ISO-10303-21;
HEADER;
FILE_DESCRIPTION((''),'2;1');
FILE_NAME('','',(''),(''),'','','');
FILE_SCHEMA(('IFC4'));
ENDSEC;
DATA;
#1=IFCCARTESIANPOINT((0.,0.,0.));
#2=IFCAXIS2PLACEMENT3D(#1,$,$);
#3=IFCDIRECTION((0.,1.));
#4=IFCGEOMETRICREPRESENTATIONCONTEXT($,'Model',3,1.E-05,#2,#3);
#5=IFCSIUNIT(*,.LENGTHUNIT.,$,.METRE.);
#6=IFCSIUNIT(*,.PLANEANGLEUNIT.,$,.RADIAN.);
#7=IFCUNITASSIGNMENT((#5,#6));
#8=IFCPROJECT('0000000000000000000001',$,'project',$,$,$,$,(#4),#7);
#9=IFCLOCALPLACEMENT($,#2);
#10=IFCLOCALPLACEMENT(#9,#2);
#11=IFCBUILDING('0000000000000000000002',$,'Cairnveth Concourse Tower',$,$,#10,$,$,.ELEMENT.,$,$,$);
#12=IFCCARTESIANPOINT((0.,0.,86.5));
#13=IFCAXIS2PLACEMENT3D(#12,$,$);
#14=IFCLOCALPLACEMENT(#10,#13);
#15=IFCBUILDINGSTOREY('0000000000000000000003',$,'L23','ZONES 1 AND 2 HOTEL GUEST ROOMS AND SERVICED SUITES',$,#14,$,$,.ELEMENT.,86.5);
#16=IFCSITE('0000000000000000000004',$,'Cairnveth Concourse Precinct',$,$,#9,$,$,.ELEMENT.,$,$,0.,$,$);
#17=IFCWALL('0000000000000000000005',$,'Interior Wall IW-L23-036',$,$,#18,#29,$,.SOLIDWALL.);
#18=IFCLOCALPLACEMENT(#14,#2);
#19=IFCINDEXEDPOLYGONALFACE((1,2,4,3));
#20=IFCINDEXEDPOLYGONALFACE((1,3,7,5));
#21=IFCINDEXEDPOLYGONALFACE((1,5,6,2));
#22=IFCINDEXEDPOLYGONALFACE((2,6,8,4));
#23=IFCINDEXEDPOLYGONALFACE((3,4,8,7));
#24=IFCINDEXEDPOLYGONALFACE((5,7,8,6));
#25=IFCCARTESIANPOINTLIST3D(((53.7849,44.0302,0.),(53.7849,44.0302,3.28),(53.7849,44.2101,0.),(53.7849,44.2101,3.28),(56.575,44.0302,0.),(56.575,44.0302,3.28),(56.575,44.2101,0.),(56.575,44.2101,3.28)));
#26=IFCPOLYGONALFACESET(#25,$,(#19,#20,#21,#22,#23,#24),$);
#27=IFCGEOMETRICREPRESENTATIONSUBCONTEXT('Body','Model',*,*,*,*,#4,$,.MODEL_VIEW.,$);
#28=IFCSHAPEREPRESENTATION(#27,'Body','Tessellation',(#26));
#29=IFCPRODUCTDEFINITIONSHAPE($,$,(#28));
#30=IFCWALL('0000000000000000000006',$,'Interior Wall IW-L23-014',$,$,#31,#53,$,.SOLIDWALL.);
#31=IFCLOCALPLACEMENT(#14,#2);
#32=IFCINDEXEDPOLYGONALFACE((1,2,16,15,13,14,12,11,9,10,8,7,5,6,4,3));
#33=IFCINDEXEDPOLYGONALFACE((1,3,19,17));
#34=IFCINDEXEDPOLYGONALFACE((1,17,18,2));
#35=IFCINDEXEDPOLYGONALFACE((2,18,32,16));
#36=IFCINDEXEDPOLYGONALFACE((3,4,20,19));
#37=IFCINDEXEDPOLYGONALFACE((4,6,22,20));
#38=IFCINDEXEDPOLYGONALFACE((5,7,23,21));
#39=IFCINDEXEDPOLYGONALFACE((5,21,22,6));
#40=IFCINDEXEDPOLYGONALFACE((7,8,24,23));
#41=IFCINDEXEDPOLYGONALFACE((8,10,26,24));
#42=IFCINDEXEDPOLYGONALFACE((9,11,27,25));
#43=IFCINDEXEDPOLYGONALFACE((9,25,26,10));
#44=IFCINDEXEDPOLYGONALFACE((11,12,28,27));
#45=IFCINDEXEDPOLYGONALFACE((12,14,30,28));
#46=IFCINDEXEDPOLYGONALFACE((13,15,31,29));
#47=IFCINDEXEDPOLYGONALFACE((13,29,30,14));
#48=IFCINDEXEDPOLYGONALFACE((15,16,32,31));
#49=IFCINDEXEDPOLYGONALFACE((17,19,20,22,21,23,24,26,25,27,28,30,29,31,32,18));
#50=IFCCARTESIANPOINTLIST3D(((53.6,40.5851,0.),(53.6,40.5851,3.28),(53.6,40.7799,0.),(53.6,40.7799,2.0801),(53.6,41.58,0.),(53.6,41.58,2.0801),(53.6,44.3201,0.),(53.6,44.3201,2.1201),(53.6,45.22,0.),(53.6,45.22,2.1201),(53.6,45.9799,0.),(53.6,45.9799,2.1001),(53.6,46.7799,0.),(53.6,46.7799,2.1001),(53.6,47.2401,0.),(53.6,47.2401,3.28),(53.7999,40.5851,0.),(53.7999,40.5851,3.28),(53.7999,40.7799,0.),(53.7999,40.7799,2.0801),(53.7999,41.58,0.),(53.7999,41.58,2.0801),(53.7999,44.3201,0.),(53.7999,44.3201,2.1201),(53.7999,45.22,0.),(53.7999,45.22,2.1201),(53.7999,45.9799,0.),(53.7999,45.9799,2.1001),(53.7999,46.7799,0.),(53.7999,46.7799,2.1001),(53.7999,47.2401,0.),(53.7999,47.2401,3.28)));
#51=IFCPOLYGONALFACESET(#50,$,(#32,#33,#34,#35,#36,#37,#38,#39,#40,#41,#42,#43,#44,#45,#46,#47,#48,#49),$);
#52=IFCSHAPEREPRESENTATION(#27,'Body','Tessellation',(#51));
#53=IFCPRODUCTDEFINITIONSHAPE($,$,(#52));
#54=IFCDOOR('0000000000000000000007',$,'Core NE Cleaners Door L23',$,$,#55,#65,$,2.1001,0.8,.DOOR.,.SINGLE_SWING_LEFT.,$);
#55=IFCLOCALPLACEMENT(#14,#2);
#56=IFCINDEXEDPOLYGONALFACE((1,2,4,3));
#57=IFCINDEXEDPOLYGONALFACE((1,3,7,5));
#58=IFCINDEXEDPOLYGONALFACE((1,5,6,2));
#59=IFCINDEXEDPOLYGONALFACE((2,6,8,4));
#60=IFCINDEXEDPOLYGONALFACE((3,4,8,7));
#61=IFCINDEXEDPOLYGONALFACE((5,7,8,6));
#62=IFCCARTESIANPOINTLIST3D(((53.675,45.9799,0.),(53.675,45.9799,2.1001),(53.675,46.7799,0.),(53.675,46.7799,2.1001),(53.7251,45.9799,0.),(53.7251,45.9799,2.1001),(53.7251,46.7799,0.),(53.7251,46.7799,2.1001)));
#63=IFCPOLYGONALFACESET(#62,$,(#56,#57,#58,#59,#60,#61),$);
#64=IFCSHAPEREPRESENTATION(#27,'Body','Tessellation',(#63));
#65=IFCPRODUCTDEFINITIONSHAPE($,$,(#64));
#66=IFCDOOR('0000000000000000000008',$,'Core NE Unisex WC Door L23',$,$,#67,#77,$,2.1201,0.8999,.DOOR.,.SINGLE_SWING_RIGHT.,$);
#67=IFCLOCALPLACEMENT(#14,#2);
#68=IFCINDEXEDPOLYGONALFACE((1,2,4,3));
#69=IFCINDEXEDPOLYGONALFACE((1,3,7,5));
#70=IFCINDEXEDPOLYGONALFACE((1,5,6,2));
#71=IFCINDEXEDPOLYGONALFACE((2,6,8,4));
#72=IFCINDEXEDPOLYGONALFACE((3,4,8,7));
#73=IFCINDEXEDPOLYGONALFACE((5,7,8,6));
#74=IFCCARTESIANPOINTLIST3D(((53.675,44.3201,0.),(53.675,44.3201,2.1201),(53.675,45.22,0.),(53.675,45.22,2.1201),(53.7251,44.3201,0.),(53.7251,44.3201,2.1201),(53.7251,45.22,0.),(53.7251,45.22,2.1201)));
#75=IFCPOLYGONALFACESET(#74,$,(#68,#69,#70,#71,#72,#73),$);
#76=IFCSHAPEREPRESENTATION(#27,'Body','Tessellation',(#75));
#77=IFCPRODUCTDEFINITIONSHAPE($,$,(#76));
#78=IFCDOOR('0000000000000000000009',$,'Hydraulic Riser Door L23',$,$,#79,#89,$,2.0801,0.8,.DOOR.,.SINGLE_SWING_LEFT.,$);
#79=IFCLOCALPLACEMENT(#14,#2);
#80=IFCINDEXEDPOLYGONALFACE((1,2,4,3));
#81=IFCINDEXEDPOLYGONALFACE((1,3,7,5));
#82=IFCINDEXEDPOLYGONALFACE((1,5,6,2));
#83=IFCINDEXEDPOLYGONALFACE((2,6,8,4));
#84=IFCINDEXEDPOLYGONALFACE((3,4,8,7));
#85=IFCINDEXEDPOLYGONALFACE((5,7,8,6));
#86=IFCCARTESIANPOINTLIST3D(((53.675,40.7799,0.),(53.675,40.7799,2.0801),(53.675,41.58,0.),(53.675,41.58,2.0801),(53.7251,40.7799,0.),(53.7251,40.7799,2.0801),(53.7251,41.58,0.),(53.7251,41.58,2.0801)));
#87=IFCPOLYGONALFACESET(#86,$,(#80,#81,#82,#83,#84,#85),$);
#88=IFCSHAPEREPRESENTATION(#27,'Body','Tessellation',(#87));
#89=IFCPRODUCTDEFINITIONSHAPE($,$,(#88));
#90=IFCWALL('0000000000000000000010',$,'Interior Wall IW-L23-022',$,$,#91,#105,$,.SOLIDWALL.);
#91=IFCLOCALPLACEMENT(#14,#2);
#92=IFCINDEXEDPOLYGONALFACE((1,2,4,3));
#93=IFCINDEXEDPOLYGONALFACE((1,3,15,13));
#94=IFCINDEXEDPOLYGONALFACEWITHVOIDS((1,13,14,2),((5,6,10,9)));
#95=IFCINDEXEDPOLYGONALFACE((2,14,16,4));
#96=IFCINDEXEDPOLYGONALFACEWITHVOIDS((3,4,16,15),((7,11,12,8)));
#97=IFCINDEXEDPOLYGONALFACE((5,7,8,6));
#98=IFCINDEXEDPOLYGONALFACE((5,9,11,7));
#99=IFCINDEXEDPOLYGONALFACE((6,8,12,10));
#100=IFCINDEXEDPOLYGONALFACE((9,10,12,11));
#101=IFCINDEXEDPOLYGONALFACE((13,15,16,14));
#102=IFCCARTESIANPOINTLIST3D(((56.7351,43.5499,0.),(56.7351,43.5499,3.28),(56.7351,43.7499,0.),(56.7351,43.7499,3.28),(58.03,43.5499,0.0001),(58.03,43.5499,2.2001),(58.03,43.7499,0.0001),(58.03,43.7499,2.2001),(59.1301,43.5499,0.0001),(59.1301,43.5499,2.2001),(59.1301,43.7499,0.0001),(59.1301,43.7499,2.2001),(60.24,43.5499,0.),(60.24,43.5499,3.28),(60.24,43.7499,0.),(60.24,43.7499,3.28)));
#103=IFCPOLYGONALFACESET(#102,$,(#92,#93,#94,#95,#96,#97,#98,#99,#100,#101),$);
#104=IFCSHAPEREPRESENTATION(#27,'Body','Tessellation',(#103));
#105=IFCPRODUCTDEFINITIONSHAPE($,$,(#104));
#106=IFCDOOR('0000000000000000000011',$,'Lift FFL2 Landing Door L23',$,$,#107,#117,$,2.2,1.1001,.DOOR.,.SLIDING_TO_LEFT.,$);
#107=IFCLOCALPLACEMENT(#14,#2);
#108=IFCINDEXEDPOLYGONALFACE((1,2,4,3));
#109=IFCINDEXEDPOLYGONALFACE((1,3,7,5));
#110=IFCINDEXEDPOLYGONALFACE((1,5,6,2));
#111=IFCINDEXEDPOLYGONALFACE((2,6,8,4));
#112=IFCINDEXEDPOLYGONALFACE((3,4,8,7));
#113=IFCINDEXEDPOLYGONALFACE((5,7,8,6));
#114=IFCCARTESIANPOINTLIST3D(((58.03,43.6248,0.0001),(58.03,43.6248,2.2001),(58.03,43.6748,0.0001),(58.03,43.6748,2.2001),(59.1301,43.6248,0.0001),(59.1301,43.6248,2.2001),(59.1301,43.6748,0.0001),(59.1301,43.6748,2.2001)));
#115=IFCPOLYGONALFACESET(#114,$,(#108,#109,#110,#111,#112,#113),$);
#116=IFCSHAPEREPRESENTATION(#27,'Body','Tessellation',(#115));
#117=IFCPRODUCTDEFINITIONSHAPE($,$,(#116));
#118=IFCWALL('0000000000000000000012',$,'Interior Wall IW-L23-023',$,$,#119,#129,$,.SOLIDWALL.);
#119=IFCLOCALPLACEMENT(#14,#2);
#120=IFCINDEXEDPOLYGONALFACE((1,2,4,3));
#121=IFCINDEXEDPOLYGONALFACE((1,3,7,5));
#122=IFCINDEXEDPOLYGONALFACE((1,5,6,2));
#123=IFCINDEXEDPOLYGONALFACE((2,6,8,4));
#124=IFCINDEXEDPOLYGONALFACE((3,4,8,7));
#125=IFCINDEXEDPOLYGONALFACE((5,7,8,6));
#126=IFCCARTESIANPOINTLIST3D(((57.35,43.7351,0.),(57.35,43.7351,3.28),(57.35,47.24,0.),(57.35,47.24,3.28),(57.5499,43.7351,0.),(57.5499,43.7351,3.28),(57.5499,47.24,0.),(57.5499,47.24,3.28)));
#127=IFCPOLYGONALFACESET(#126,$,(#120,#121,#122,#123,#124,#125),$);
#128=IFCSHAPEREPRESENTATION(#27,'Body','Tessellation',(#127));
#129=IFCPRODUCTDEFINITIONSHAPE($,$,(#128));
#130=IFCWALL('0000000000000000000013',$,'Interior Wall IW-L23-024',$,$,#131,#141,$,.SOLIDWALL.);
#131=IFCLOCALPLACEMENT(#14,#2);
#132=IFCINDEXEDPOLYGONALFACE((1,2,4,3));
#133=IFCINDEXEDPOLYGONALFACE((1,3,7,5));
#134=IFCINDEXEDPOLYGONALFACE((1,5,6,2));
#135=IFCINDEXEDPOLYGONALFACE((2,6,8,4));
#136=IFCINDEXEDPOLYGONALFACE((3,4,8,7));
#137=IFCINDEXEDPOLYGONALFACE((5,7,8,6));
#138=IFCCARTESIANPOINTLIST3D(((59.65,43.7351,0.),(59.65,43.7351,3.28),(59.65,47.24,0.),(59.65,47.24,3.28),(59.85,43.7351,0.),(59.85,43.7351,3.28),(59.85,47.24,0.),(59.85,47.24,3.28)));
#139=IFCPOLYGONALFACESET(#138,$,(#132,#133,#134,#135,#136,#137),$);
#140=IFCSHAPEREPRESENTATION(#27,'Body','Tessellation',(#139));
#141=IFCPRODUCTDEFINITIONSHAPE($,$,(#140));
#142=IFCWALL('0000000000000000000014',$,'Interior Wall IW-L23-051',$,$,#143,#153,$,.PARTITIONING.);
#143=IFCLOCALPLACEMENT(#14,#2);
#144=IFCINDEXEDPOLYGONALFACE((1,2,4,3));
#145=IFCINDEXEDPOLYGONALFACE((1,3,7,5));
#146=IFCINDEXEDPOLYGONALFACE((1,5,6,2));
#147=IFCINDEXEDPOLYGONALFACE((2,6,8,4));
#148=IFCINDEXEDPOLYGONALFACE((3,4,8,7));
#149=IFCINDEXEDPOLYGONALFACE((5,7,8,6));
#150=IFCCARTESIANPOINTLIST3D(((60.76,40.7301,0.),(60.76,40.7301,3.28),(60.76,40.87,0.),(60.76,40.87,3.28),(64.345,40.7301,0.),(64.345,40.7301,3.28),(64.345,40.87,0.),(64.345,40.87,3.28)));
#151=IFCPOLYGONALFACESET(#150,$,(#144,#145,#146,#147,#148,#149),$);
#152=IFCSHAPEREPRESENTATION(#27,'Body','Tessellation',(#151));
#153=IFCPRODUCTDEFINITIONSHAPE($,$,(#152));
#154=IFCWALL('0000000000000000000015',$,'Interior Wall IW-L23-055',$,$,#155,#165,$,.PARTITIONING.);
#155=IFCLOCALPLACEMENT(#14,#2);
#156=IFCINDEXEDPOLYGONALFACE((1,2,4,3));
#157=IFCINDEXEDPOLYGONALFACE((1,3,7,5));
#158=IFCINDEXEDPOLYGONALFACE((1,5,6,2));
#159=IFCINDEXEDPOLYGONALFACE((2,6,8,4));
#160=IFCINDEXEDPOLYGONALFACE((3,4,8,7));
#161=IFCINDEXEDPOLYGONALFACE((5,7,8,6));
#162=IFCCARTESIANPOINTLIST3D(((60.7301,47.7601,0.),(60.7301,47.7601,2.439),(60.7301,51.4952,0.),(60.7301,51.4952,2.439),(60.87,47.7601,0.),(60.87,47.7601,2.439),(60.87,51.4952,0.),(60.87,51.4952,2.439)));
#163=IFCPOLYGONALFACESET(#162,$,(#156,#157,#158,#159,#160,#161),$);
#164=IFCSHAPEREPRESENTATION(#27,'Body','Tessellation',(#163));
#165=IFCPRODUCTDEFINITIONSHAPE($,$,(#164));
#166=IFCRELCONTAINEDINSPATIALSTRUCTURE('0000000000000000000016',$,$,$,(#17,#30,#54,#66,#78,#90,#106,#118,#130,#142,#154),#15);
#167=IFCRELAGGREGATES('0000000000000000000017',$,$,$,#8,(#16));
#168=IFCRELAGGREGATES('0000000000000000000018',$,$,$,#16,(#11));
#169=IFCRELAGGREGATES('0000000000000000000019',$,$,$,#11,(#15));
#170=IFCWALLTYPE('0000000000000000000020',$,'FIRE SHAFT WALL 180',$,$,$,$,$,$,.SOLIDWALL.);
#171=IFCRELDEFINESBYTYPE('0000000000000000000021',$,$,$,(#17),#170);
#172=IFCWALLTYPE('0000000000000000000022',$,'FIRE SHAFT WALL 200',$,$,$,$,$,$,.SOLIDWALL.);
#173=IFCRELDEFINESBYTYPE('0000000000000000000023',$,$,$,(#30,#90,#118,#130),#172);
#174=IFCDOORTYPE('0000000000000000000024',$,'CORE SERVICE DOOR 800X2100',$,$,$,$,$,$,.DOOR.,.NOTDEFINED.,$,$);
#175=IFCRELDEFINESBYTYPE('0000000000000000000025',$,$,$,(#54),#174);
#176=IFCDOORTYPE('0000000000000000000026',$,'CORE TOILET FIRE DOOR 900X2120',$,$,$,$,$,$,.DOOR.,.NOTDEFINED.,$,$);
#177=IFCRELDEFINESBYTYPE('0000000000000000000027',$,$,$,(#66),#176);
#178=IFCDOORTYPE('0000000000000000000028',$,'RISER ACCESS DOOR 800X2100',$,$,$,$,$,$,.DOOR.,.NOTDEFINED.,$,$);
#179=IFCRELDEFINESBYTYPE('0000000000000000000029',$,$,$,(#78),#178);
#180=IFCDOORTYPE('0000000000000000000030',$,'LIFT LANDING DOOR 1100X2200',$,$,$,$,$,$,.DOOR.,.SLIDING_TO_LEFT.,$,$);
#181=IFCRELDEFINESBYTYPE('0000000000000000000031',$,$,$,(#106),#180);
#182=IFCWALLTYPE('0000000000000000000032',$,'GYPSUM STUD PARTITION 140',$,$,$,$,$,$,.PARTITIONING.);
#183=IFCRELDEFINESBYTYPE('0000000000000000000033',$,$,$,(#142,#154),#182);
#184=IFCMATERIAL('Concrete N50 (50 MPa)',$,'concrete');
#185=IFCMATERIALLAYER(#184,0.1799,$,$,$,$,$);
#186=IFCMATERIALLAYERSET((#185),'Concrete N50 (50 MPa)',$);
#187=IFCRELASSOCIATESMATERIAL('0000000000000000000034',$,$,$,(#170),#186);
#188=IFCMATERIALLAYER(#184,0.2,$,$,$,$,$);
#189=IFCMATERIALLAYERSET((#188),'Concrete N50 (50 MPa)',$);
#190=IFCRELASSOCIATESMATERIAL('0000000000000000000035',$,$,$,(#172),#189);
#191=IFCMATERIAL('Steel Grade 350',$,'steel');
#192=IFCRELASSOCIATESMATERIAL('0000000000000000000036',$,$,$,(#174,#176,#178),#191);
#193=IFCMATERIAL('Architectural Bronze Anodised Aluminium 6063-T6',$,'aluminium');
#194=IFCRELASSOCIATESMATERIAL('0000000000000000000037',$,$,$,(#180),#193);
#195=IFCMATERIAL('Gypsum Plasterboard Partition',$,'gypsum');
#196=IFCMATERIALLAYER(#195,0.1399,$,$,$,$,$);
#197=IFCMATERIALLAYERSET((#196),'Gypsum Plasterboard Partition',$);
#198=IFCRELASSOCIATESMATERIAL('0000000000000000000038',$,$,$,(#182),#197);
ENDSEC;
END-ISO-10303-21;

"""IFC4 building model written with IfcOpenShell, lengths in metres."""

from ifc_helpers import new_model, si_unit, direction, frame, frame_2d, origin, place, context, subcontext, project, spatial, rectangle, extrude, material, layer, layer_set, type_object, element, fill, save


model = new_model("IFC4")

# Units and contexts
model_context = context("Model", 3, precision=1e-05, world=origin(), true_north=direction((0.0, 1.0)))
body_context = subcontext(model_context, "Body", "Model", "MODEL_VIEW")
ifc_project = project(units=[si_unit("LENGTHUNIT", "METRE"), si_unit("PLANEANGLEUNIT", "RADIAN")], contexts=[model_context])

# Site, building, storey
site_placement = place(None, origin())
site = spatial("IfcSite", under=ifc_project, at=site_placement, Name="Cairnveth Concourse Precinct", CompositionType="ELEMENT", RefElevation=0.0)
building_placement = place(site_placement, origin())
building = spatial("IfcBuilding", under=site, at=building_placement, Name="Cairnveth Concourse Tower", CompositionType="ELEMENT")
storey_placement = place(building_placement, frame((0.0, 0.0, 86.5)))
storey = spatial("IfcBuildingStorey", under=building, at=storey_placement, Name="L23", Description="ZONES 1 AND 2 HOTEL GUEST ROOMS AND SERVICED SUITES", CompositionType="ELEMENT", Elevation=86.5)

# Shared definitions
ifc_material_1 = material(Name="Steel Grade 350", Category="steel")

# Wall
ifc_material_2 = material(Name="Gypsum Plasterboard Partition", Category="gypsum")
ifc_material_3 = material(Name="Concrete N50 (50 MPa)", Category="concrete")
ifc_layer_1 = layer(ifc_material_3, 0.1799)
ifc_layer_set_1 = layer_set([ifc_layer_1], Name="Concrete N50 (50 MPa)")
wall_type_1 = type_object("IfcWallType", Name="FIRE SHAFT WALL 180", PredefinedType="SOLIDWALL", material=ifc_layer_set_1)
wall_1_placement = place(storey_placement, frame((53.7849, 44.1201, 0.0), z_axis=(0.0, 0.0, 1.0), x_axis=(1.0, 0.0, 0.0)))
element("IfcWall", 1, at=wall_1_placement, inside=storey, type_object=wall_type_1, Name="Interior Wall IW-L23-036", PredefinedType="SOLIDWALL", context=body_context, shape_type="SweptSolid", body=[
    extrude(rectangle(XDim=2.79, YDim=0.1799, at=frame_2d((1.395, 0.0))), origin(), (0.0, 0.0, 1.0), 3.28),
])

# Wall, openings, doors
ifc_layer_2 = layer(ifc_material_3, 0.2)
ifc_layer_set_2 = layer_set([ifc_layer_2], Name="Concrete N50 (50 MPa)")
wall_type_2 = type_object("IfcWallType", Name="FIRE SHAFT WALL 200", PredefinedType="SOLIDWALL", material=ifc_layer_set_2)
wall_2_placement = place(storey_placement, frame((53.7, 40.585, 0.0), z_axis=(0.0, 0.0, 1.0), x_axis=(0.0, 1.0, 0.0)))
wall_2 = element("IfcWall", 2, at=wall_2_placement, inside=storey, type_object=wall_type_2, Name="Interior Wall IW-L23-014", PredefinedType="SOLIDWALL", context=body_context, shape_type="SweptSolid", body=[
    extrude(rectangle(XDim=6.655, YDim=0.2, at=frame_2d((3.3276, 0.0))), origin(), (0.0, 0.0, 1.0), 3.28),
])
opening_1_placement = place(wall_2_placement, frame((0.1951, 0.0, 0.0)))
opening_1 = element("IfcOpeningElement", 3, at=opening_1_placement, cuts=wall_2, PredefinedType="OPENING", context=body_context, shape_type="SweptSolid", body=[
    extrude(rectangle(XDim=0.8, YDim=2.0801, at=frame_2d((0.3999, 1.04))), frame((0.0, 0.1099, 0.0), z_axis=(0.0, -1.0, 0.0), x_axis=(1.0, 0.0, 0.0)), (0.0, 0.0, 1.0), 0.22),
])
opening_2_placement = place(wall_2_placement, frame((3.7351, 0.0, 0.0)))
opening_2 = element("IfcOpeningElement", 4, at=opening_2_placement, cuts=wall_2, PredefinedType="OPENING", context=body_context, shape_type="SweptSolid", body=[
    extrude(rectangle(XDim=0.8999, YDim=2.1201, at=frame_2d((0.45, 1.0601))), frame((0.0, 0.1099, 0.0), z_axis=(0.0, -1.0, 0.0), x_axis=(1.0, 0.0, 0.0)), (0.0, 0.0, 1.0), 0.22),
])
opening_3_placement = place(wall_2_placement, frame((5.395, 0.0, 0.0)))
opening_3 = element("IfcOpeningElement", 5, at=opening_3_placement, cuts=wall_2, PredefinedType="OPENING", context=body_context, shape_type="SweptSolid", body=[
    extrude(rectangle(XDim=0.8, YDim=2.1001, at=frame_2d((0.3999, 1.05))), frame((0.0, 0.1099, 0.0), z_axis=(0.0, -1.0, 0.0), x_axis=(1.0, 0.0, 0.0)), (0.0, 0.0, 1.0), 0.22),
])
door_type_1 = type_object("IfcDoorType", Name="CORE SERVICE DOOR 800X2100", OperationType="NOTDEFINED", PredefinedType="DOOR", material=ifc_material_1)
door_1_placement = place(opening_3_placement, origin())
door_1 = element("IfcDoor", 6, at=door_1_placement, inside=storey, type_object=door_type_1, Name="Core NE Cleaners Door L23", OperationType="SINGLE_SWING_LEFT", OverallHeight=2.1001, OverallWidth=0.8, PredefinedType="DOOR", context=body_context, shape_type="SweptSolid", body=[
    extrude(rectangle(XDim=0.8, YDim=2.1001, at=frame_2d((0.3999, 1.05))), frame((0.0, 0.0249, 0.0), z_axis=(0.0, -1.0, 0.0), x_axis=(1.0, 0.0, 0.0)), (0.0, 0.0, 1.0), 0.05),
])
fill(opening_3, door_1)
door_type_2 = type_object("IfcDoorType", Name="CORE TOILET FIRE DOOR 900X2120", OperationType="NOTDEFINED", PredefinedType="DOOR", material=ifc_material_1)
door_2_placement = place(opening_2_placement, origin())
door_2 = element("IfcDoor", 7, at=door_2_placement, inside=storey, type_object=door_type_2, Name="Core NE Unisex WC Door L23", OperationType="SINGLE_SWING_RIGHT", OverallHeight=2.1201, OverallWidth=0.8999, PredefinedType="DOOR", context=body_context, shape_type="SweptSolid", body=[
    extrude(rectangle(XDim=0.8999, YDim=2.1201, at=frame_2d((0.45, 1.0601))), frame((0.0, 0.0249, 0.0), z_axis=(0.0, -1.0, 0.0), x_axis=(1.0, 0.0, 0.0)), (0.0, 0.0, 1.0), 0.05),
])
fill(opening_2, door_2)
door_type_3 = type_object("IfcDoorType", Name="RISER ACCESS DOOR 800X2100", OperationType="NOTDEFINED", PredefinedType="DOOR", material=ifc_material_1)
door_3_placement = place(opening_1_placement, origin())
door_3 = element("IfcDoor", 8, at=door_3_placement, inside=storey, type_object=door_type_3, Name="Hydraulic Riser Door L23", OperationType="SINGLE_SWING_LEFT", OverallHeight=2.0801, OverallWidth=0.8, PredefinedType="DOOR", context=body_context, shape_type="SweptSolid", body=[
    extrude(rectangle(XDim=0.8, YDim=2.0801, at=frame_2d((0.3999, 1.04))), frame((0.0, 0.0249, 0.0), z_axis=(0.0, -1.0, 0.0), x_axis=(1.0, 0.0, 0.0)), (0.0, 0.0, 1.0), 0.05),
])
fill(opening_1, door_3)

# Wall, opening, door
wall_3_placement = place(storey_placement, frame((56.7351, 43.6499, 0.0), z_axis=(0.0, 0.0, 1.0), x_axis=(1.0, 0.0, 0.0)))
wall_3 = element("IfcWall", 9, at=wall_3_placement, inside=storey, type_object=wall_type_2, Name="Interior Wall IW-L23-022", PredefinedType="SOLIDWALL", context=body_context, shape_type="SweptSolid", body=[
    extrude(rectangle(XDim=3.5049, YDim=0.2, at=frame_2d((1.7524, 0.0))), origin(), (0.0, 0.0, 1.0), 3.28),
])
opening_4_placement = place(wall_3_placement, frame((1.2949, 0.0, 0.0)))
opening_4 = element("IfcOpeningElement", 10, at=opening_4_placement, cuts=wall_3, PredefinedType="OPENING", context=body_context, shape_type="SweptSolid", body=[
    extrude(rectangle(XDim=1.1001, YDim=2.2, at=frame_2d((0.55, 1.1001))), frame((0.0, 0.1099, 0.0), z_axis=(0.0, -1.0, 0.0), x_axis=(1.0, 0.0, 0.0)), (0.0, 0.0, 1.0), 0.22),
])
ifc_material_4 = material(Name="Architectural Bronze Anodised Aluminium 6063-T6", Category="aluminium")
door_type_4 = type_object("IfcDoorType", Name="LIFT LANDING DOOR 1100X2200", OperationType="SLIDING_TO_LEFT", PredefinedType="DOOR", material=ifc_material_4)
door_4_placement = place(opening_4_placement, origin())
door_4 = element("IfcDoor", 11, at=door_4_placement, inside=storey, type_object=door_type_4, Name="Lift FFL2 Landing Door L23", OperationType="SLIDING_TO_LEFT", OverallHeight=2.2, OverallWidth=1.1001, PredefinedType="DOOR", context=body_context, shape_type="SweptSolid", body=[
    extrude(rectangle(XDim=1.1001, YDim=2.2, at=frame_2d((0.55, 1.1001))), frame((0.0, 0.0249, 0.0), z_axis=(0.0, -1.0, 0.0), x_axis=(1.0, 0.0, 0.0)), (0.0, 0.0, 1.0), 0.05),
])
fill(opening_4, door_4)

# Walls
for number, where, z_axis, x_axis, name in (
    (12, (57.45, 43.7351, 0.0), (0.0, 0.0, 1.0), (0.0, 1.0, 0.0), "Interior Wall IW-L23-023"),
    (13, (59.75, 43.7351, 0.0), (0.0, 0.0, 1.0), (0.0, 1.0, 0.0), "Interior Wall IW-L23-024"),
):
    element("IfcWall", number, at=place(storey_placement, frame(where, z_axis=z_axis, x_axis=x_axis)), inside=storey, type_object=wall_type_2, Name=name, PredefinedType="SOLIDWALL", context=body_context, shape_type="SweptSolid", body=[
        extrude(rectangle(XDim=3.5049, YDim=0.2, at=frame_2d((1.7524, 0.0))), origin(), (0.0, 0.0, 1.0), 3.28),
    ])
ifc_layer_3 = layer(ifc_material_2, 0.1399)
ifc_layer_set_3 = layer_set([ifc_layer_3], Name="Gypsum Plasterboard Partition")
wall_type_3 = type_object("IfcWallType", Name="GYPSUM STUD PARTITION 140", PredefinedType="PARTITIONING", material=ifc_layer_set_3)
wall_4_placement = place(storey_placement, frame((60.76, 40.8, 0.0), z_axis=(0.0, 0.0, 1.0), x_axis=(1.0, 0.0, 0.0)))
element("IfcWall", 14, at=wall_4_placement, inside=storey, type_object=wall_type_3, Name="Interior Wall IW-L23-051", PredefinedType="PARTITIONING", context=body_context, shape_type="SweptSolid", body=[
    extrude(rectangle(XDim=3.585, YDim=0.1399, at=frame_2d((1.7925, 0.0))), origin(), (0.0, 0.0, 1.0), 3.28),
])
wall_5_placement = place(storey_placement, frame((60.8, 47.76, 0.0), z_axis=(0.0, 0.0, 1.0), x_axis=(0.0, 1.0, 0.0)))
element("IfcWall", 15, at=wall_5_placement, inside=storey, type_object=wall_type_3, Name="Interior Wall IW-L23-055", PredefinedType="PARTITIONING", context=body_context, shape_type="SweptSolid", body=[
    extrude(rectangle(XDim=3.7351, YDim=0.1399, at=frame_2d((1.8677, 0.0))), origin(), (0.0, 0.0, 1.0), 2.439),
])

save(model, "model.ifc")
